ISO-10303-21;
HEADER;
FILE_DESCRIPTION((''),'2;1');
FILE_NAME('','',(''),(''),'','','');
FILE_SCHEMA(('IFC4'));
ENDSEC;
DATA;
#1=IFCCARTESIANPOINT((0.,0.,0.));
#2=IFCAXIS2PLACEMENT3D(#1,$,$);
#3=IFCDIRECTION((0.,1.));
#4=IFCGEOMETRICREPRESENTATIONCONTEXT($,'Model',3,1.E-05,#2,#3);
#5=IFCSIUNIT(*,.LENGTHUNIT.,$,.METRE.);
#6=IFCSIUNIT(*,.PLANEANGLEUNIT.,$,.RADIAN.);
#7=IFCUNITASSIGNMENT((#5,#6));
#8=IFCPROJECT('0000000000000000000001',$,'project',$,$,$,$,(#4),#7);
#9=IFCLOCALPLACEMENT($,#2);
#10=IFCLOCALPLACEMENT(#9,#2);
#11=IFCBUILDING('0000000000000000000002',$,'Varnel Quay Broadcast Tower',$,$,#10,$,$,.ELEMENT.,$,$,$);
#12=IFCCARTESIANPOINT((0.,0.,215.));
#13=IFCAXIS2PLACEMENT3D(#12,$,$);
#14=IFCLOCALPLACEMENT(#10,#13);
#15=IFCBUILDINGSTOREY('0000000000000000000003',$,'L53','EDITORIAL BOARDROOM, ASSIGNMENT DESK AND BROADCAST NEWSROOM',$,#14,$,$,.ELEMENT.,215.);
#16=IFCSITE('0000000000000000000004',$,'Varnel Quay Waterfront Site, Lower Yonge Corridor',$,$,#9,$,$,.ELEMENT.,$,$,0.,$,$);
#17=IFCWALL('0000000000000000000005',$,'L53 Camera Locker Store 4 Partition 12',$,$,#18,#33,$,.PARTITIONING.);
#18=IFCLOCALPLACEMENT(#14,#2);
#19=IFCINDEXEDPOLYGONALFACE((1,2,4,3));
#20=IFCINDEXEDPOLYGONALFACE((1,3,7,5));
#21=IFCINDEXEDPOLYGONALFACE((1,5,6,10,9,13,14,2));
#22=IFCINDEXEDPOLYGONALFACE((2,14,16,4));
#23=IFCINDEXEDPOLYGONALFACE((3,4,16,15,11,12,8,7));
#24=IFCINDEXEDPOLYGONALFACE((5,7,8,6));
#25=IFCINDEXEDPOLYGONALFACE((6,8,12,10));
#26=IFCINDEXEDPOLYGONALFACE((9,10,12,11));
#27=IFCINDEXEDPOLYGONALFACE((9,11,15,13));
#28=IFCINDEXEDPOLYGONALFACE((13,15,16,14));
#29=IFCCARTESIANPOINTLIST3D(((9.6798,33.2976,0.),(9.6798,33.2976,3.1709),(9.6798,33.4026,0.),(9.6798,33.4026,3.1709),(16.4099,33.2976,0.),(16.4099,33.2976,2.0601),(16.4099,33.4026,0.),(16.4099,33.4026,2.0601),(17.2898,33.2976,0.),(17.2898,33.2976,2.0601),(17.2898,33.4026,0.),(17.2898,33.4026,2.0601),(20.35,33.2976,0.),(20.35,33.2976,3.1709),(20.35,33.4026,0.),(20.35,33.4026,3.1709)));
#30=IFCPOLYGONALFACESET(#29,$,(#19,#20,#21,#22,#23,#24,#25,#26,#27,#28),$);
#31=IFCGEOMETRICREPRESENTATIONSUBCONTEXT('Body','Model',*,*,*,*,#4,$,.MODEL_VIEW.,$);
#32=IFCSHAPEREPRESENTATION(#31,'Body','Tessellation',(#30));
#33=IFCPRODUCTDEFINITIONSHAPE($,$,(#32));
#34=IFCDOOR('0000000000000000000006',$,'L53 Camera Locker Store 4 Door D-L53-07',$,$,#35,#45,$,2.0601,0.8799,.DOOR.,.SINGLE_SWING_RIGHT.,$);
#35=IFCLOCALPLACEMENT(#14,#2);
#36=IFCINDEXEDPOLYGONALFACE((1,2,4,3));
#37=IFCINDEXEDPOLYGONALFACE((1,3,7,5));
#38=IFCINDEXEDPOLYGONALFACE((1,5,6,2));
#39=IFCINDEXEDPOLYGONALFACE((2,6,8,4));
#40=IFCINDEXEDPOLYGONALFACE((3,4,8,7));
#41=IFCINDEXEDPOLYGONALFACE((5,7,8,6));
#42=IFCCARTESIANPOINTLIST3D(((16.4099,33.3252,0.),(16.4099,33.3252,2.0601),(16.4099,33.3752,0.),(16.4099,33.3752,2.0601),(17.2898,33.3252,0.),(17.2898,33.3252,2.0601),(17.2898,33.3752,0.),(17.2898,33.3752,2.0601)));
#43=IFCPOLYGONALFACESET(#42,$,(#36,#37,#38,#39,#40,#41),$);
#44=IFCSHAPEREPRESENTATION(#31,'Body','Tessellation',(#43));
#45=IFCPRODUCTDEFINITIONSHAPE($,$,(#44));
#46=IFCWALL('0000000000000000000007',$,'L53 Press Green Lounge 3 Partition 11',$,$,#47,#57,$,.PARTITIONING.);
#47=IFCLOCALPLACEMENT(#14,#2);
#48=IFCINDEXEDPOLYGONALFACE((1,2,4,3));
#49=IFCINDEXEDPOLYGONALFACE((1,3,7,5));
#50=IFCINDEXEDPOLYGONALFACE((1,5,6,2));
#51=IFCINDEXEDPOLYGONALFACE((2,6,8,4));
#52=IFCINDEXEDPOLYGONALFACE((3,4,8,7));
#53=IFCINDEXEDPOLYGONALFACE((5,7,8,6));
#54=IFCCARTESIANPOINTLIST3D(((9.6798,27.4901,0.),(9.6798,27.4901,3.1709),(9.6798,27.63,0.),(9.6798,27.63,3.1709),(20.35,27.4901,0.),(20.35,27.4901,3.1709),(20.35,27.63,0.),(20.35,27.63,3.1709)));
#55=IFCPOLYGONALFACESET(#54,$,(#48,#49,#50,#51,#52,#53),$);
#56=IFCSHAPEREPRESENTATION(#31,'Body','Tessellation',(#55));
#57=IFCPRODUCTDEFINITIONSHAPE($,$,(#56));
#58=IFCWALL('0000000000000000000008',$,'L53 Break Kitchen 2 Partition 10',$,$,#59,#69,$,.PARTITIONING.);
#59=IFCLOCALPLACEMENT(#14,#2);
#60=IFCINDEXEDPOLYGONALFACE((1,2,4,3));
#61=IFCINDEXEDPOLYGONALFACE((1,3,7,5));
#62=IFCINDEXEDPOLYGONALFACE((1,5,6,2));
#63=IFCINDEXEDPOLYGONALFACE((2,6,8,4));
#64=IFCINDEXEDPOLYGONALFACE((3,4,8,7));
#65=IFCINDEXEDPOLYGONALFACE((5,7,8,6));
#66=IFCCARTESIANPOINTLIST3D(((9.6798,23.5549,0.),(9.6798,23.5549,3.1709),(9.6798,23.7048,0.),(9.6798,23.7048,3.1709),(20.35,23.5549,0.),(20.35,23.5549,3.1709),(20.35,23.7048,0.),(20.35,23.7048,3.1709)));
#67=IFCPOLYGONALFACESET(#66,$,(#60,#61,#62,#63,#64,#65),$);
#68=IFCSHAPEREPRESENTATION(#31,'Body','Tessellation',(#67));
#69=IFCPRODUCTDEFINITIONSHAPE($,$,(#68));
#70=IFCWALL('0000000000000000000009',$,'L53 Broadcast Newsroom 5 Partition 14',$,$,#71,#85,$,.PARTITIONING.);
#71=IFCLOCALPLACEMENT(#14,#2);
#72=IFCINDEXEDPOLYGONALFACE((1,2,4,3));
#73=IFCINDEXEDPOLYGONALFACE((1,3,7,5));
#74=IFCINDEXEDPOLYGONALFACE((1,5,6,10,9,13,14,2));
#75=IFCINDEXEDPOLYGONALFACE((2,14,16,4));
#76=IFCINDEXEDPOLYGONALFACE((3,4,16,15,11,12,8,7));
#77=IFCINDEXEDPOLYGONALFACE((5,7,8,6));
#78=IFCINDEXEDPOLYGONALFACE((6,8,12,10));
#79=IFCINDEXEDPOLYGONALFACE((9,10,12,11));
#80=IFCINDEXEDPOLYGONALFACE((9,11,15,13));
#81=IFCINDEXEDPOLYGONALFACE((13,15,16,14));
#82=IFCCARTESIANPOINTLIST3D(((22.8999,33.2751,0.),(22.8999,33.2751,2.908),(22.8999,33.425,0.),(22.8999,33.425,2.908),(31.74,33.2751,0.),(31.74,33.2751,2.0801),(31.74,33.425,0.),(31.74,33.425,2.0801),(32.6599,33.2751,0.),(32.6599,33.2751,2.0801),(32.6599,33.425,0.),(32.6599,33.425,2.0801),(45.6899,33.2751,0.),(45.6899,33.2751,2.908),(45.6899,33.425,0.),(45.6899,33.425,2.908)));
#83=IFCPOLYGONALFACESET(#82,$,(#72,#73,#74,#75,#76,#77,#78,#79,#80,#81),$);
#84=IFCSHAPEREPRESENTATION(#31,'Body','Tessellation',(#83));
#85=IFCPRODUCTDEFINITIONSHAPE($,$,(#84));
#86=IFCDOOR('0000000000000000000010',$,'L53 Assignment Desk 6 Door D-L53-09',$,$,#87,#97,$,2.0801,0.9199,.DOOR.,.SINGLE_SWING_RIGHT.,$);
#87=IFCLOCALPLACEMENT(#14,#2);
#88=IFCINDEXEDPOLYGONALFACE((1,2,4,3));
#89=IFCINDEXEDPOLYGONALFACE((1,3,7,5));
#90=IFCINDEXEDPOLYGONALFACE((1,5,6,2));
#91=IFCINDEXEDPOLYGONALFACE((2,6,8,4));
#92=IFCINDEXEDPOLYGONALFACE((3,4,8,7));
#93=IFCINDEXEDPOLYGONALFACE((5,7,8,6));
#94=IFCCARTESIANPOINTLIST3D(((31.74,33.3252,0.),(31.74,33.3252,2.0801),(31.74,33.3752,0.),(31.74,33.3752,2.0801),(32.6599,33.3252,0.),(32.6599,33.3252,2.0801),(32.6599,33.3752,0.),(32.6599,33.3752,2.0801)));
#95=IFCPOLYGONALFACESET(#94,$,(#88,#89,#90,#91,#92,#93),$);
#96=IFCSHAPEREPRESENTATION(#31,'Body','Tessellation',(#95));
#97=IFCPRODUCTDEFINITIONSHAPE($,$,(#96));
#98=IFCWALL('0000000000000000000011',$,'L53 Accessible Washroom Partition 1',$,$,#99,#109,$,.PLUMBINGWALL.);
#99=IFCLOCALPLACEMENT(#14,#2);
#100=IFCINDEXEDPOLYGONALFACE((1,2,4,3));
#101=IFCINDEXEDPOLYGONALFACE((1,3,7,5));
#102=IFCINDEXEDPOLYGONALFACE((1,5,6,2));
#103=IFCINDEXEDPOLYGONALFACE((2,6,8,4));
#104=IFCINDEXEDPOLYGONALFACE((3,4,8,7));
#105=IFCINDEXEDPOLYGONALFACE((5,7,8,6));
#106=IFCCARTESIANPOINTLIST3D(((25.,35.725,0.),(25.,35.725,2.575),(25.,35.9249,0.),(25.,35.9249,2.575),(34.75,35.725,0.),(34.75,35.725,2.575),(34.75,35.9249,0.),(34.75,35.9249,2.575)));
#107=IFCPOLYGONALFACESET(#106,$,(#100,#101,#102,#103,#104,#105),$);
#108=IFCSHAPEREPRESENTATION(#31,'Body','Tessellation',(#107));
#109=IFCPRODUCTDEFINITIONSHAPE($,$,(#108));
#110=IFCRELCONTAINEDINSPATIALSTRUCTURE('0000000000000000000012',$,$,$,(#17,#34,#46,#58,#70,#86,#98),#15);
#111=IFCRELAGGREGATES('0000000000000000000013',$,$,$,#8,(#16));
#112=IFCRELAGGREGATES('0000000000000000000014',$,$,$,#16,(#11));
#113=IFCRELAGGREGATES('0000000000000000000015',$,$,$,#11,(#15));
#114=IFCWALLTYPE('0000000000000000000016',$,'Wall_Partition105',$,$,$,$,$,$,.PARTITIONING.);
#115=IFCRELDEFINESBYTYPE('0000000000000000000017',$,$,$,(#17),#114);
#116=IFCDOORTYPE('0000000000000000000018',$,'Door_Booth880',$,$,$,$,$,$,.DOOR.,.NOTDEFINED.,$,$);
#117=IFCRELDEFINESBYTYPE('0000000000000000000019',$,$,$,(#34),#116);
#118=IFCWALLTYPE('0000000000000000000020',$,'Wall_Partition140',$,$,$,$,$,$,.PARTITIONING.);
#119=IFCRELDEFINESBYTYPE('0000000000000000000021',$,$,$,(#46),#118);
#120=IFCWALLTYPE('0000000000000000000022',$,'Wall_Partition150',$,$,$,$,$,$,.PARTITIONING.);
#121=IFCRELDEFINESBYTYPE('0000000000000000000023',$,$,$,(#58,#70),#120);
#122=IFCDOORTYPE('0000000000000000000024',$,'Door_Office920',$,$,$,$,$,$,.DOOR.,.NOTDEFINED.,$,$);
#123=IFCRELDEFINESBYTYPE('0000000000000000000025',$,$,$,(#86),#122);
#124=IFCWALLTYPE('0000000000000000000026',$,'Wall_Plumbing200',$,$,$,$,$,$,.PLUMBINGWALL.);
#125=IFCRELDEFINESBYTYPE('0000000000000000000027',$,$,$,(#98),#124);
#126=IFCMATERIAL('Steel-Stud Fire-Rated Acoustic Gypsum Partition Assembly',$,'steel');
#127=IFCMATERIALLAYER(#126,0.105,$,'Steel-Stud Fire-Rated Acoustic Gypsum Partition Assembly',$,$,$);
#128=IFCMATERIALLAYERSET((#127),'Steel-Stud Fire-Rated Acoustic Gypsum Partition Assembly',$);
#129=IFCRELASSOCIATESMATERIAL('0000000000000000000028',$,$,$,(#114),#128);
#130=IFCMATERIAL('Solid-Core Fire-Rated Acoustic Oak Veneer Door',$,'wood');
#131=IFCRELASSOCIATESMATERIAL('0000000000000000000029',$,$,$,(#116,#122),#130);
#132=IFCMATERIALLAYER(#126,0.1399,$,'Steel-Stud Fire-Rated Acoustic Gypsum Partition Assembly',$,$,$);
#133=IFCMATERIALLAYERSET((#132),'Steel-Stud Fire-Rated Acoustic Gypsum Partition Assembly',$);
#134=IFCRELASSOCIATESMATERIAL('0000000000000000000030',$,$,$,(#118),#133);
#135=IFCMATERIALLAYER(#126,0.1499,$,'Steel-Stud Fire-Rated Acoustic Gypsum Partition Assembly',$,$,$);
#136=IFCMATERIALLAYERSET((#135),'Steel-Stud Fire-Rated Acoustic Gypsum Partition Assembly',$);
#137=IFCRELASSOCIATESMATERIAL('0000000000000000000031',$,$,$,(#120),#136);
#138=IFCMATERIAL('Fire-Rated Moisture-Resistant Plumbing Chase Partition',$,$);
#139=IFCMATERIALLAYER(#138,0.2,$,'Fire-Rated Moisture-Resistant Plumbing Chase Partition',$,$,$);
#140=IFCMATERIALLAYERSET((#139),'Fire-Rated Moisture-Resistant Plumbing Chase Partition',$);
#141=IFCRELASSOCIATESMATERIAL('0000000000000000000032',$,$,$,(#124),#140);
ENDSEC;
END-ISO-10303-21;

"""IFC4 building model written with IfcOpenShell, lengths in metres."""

from ifc_helpers import new_model, si_unit, direction, frame, frame_2d, origin, place, context, subcontext, project, spatial, rectangle, extrude, source, transform, mapped, material, layer, layer_set, type_object, type_shapes, element, fill, save


model = new_model("IFC4")

# Units and contexts
model_context = context("Model", 3, precision=1e-05, world=origin(), true_north=direction((0.0, 1.0)))
body_context = subcontext(model_context, "Body", "Model", "MODEL_VIEW")
ifc_project = project(units=[si_unit("LENGTHUNIT", "METRE"), si_unit("PLANEANGLEUNIT", "RADIAN")], contexts=[model_context])

# Site, building, storey
site_placement = place(None, origin())
site = spatial("IfcSite", under=ifc_project, at=site_placement, Name="Varnel Quay Waterfront Site, Lower Yonge Corridor", CompositionType="ELEMENT", RefElevation=0.0)
building_placement = place(site_placement, origin())
building = spatial("IfcBuilding", under=site, at=building_placement, Name="Varnel Quay Broadcast Tower", CompositionType="ELEMENT")
storey_placement = place(building_placement, frame((0.0, 0.0, 215.0)))
storey = spatial("IfcBuildingStorey", under=building, at=storey_placement, Name="L53", Description="EDITORIAL BOARDROOM, ASSIGNMENT DESK AND BROADCAST NEWSROOM", CompositionType="ELEMENT", Elevation=215.0)

# Wall, opening, door
ifc_material_1 = material(Name="Steel-Stud Fire-Rated Acoustic Gypsum Partition Assembly", Category="steel")
ifc_layer_1 = layer(ifc_material_1, 0.105, Name="Steel-Stud Fire-Rated Acoustic Gypsum Partition Assembly")
ifc_layer_set_1 = layer_set([ifc_layer_1], Name="Steel-Stud Fire-Rated Acoustic Gypsum Partition Assembly")
wall_type_1 = type_object("IfcWallType", Name="Wall_Partition105", PredefinedType="PARTITIONING", material=ifc_layer_set_1)
wall_1_placement = place(storey_placement, frame((9.6799, 33.3501, 0.0), z_axis=(0.0, 0.0, 1.0), x_axis=(1.0, 0.0, 0.0)))
wall_1 = element("IfcWall", 1, at=wall_1_placement, inside=storey, type_object=wall_type_1, Name="L53 Camera Locker Store 4 Partition 12", PredefinedType="PARTITIONING", context=body_context, shape_type="SweptSolid", body=[
    extrude(rectangle(XDim=10.6702, YDim=0.105, at=frame_2d((5.335, 0.0))), origin(), (0.0, 0.0, 1.0), 3.1709),
])
opening_1_placement = place(wall_1_placement, frame((6.73, 0.0, 0.0)))
opening_1 = element("IfcOpeningElement", 2, at=opening_1_placement, cuts=wall_1, PredefinedType="OPENING", context=body_context, shape_type="SweptSolid", body=[
    extrude(rectangle(XDim=0.8799, YDim=2.0601, at=frame_2d((0.4399, 1.03))), frame((0.0, 0.0625, 0.0), z_axis=(0.0, -1.0, 0.0), x_axis=(1.0, 0.0, 0.0)), (0.0, 0.0, 1.0), 0.125),
])
ifc_material_2 = material(Name="Solid-Core Fire-Rated Acoustic Oak Veneer Door", Category="wood")
door_type_1 = type_object("IfcDoorType", Name="Door_Booth880", OperationType="NOTDEFINED", PredefinedType="DOOR", material=ifc_material_2)
shared_shape_1 = source(origin(), body_context, "Body", "SweptSolid", [
    extrude(rectangle(XDim=0.8799, YDim=2.0601, at=frame_2d((0.4399, 1.03))), frame((0.0, 0.0249, 0.0), z_axis=(0.0, -1.0, 0.0), x_axis=(1.0, 0.0, 0.0)), (0.0, 0.0, 1.0), 0.05),
])
type_shapes(door_type_1, [shared_shape_1])
door_1_placement = place(opening_1_placement, frame((0.8799, 0.0, 0.0), z_axis=(0.0, 0.0, 1.0), x_axis=(-1.0, 0.0, 0.0)))
door_1 = element("IfcDoor", 3, at=door_1_placement, inside=storey, type_object=door_type_1, Name="L53 Camera Locker Store 4 Door D-L53-07", OperationType="SINGLE_SWING_RIGHT", OverallHeight=2.0601, OverallWidth=0.8799, PredefinedType="DOOR", context=body_context, shape_type="MappedRepresentation", body=[
    mapped(shared_shape_1, transform((0.0, 0.0, 0.0), x_axis=(1.0, 0.0, 0.0), y_axis=(0.0, 1.0, 0.0), z_axis=(0.0, 0.0, 1.0), scale=1.0)),
])
fill(opening_1, door_1)

# Walls
ifc_layer_2 = layer(ifc_material_1, 0.1399, Name="Steel-Stud Fire-Rated Acoustic Gypsum Partition Assembly")
ifc_layer_set_2 = layer_set([ifc_layer_2], Name="Steel-Stud Fire-Rated Acoustic Gypsum Partition Assembly")
wall_type_2 = type_object("IfcWallType", Name="Wall_Partition140", PredefinedType="PARTITIONING", material=ifc_layer_set_2)
wall_2_placement = place(storey_placement, frame((9.6799, 27.5601, 0.0), z_axis=(0.0, 0.0, 1.0), x_axis=(1.0, 0.0, 0.0)))
element("IfcWall", 4, at=wall_2_placement, inside=storey, type_object=wall_type_2, Name="L53 Press Green Lounge 3 Partition 11", PredefinedType="PARTITIONING", context=body_context, shape_type="SweptSolid", body=[
    extrude(rectangle(XDim=10.6702, YDim=0.1399, at=frame_2d((5.335, 0.0))), origin(), (0.0, 0.0, 1.0), 3.1709),
])
ifc_layer_3 = layer(ifc_material_1, 0.1499, Name="Steel-Stud Fire-Rated Acoustic Gypsum Partition Assembly")
ifc_layer_set_3 = layer_set([ifc_layer_3], Name="Steel-Stud Fire-Rated Acoustic Gypsum Partition Assembly")
wall_type_3 = type_object("IfcWallType", Name="Wall_Partition150", PredefinedType="PARTITIONING", material=ifc_layer_set_3)
wall_3_placement = place(storey_placement, frame((9.6799, 23.6299, 0.0), z_axis=(0.0, 0.0, 1.0), x_axis=(1.0, 0.0, 0.0)))
element("IfcWall", 5, at=wall_3_placement, inside=storey, type_object=wall_type_3, Name="L53 Break Kitchen 2 Partition 10", PredefinedType="PARTITIONING", context=body_context, shape_type="SweptSolid", body=[
    extrude(rectangle(XDim=10.6702, YDim=0.1499, at=frame_2d((5.335, 0.0))), origin(), (0.0, 0.0, 1.0), 3.1709),
])

# Wall, opening, door
wall_4_placement = place(storey_placement, frame((22.8999, 33.3501, 0.0), z_axis=(0.0, 0.0, 1.0), x_axis=(1.0, 0.0, 0.0)))
wall_4 = element("IfcWall", 6, at=wall_4_placement, inside=storey, type_object=wall_type_3, Name="L53 Broadcast Newsroom 5 Partition 14", PredefinedType="PARTITIONING", context=body_context, shape_type="SweptSolid", body=[
    extrude(rectangle(XDim=22.79, YDim=0.1499, at=frame_2d((11.395, 0.0))), origin(), (0.0, 0.0, 1.0), 2.908),
])
opening_2_placement = place(wall_4_placement, frame((8.8401, 0.0, 0.0)))
opening_2 = element("IfcOpeningElement", 7, at=opening_2_placement, cuts=wall_4, PredefinedType="OPENING", context=body_context, shape_type="SweptSolid", body=[
    extrude(rectangle(XDim=0.9199, YDim=2.0801, at=frame_2d((0.46, 1.04))), frame((0.0, 0.085, 0.0), z_axis=(0.0, -1.0, 0.0), x_axis=(1.0, 0.0, 0.0)), (0.0, 0.0, 1.0), 0.1699),
])
door_type_2 = type_object("IfcDoorType", Name="Door_Office920", OperationType="NOTDEFINED", PredefinedType="DOOR", material=ifc_material_2)
shared_shape_2 = source(origin(), body_context, "Body", "SweptSolid", [
    extrude(rectangle(XDim=0.9199, YDim=2.0801, at=frame_2d((0.46, 1.04))), frame((0.0, 0.0249, 0.0), z_axis=(0.0, -1.0, 0.0), x_axis=(1.0, 0.0, 0.0)), (0.0, 0.0, 1.0), 0.05),
])
type_shapes(door_type_2, [shared_shape_2])
door_2_placement = place(opening_2_placement, frame((0.9199, 0.0, 0.0), z_axis=(0.0, 0.0, 1.0), x_axis=(-1.0, 0.0, 0.0)))
door_2 = element("IfcDoor", 8, at=door_2_placement, inside=storey, type_object=door_type_2, Name="L53 Assignment Desk 6 Door D-L53-09", OperationType="SINGLE_SWING_RIGHT", OverallHeight=2.0801, OverallWidth=0.9199, PredefinedType="DOOR", context=body_context, shape_type="MappedRepresentation", body=[
    mapped(shared_shape_2, transform((0.0, 0.0, 0.0), x_axis=(1.0, 0.0, 0.0), y_axis=(0.0, 1.0, 0.0), z_axis=(0.0, 0.0, 1.0), scale=1.0)),
])
fill(opening_2, door_2)

# Wall
ifc_material_3 = material(Name="Fire-Rated Moisture-Resistant Plumbing Chase Partition")
ifc_layer_4 = layer(ifc_material_3, 0.2, Name="Fire-Rated Moisture-Resistant Plumbing Chase Partition")
ifc_layer_set_4 = layer_set([ifc_layer_4], Name="Fire-Rated Moisture-Resistant Plumbing Chase Partition")
wall_type_4 = type_object("IfcWallType", Name="Wall_Plumbing200", PredefinedType="PLUMBINGWALL", material=ifc_layer_set_4)
wall_5_placement = place(storey_placement, frame((25.0, 35.825, 0.0), z_axis=(0.0, 0.0, 1.0), x_axis=(1.0, 0.0, 0.0)))
element("IfcWall", 9, at=wall_5_placement, inside=storey, type_object=wall_type_4, Name="L53 Accessible Washroom Partition 1", PredefinedType="PLUMBINGWALL", context=body_context, shape_type="SweptSolid", body=[
    extrude(rectangle(XDim=9.75, YDim=0.2, at=frame_2d((4.875, 0.0))), origin(), (0.0, 0.0, 1.0), 2.575),
])

save(model, "model.ifc")
